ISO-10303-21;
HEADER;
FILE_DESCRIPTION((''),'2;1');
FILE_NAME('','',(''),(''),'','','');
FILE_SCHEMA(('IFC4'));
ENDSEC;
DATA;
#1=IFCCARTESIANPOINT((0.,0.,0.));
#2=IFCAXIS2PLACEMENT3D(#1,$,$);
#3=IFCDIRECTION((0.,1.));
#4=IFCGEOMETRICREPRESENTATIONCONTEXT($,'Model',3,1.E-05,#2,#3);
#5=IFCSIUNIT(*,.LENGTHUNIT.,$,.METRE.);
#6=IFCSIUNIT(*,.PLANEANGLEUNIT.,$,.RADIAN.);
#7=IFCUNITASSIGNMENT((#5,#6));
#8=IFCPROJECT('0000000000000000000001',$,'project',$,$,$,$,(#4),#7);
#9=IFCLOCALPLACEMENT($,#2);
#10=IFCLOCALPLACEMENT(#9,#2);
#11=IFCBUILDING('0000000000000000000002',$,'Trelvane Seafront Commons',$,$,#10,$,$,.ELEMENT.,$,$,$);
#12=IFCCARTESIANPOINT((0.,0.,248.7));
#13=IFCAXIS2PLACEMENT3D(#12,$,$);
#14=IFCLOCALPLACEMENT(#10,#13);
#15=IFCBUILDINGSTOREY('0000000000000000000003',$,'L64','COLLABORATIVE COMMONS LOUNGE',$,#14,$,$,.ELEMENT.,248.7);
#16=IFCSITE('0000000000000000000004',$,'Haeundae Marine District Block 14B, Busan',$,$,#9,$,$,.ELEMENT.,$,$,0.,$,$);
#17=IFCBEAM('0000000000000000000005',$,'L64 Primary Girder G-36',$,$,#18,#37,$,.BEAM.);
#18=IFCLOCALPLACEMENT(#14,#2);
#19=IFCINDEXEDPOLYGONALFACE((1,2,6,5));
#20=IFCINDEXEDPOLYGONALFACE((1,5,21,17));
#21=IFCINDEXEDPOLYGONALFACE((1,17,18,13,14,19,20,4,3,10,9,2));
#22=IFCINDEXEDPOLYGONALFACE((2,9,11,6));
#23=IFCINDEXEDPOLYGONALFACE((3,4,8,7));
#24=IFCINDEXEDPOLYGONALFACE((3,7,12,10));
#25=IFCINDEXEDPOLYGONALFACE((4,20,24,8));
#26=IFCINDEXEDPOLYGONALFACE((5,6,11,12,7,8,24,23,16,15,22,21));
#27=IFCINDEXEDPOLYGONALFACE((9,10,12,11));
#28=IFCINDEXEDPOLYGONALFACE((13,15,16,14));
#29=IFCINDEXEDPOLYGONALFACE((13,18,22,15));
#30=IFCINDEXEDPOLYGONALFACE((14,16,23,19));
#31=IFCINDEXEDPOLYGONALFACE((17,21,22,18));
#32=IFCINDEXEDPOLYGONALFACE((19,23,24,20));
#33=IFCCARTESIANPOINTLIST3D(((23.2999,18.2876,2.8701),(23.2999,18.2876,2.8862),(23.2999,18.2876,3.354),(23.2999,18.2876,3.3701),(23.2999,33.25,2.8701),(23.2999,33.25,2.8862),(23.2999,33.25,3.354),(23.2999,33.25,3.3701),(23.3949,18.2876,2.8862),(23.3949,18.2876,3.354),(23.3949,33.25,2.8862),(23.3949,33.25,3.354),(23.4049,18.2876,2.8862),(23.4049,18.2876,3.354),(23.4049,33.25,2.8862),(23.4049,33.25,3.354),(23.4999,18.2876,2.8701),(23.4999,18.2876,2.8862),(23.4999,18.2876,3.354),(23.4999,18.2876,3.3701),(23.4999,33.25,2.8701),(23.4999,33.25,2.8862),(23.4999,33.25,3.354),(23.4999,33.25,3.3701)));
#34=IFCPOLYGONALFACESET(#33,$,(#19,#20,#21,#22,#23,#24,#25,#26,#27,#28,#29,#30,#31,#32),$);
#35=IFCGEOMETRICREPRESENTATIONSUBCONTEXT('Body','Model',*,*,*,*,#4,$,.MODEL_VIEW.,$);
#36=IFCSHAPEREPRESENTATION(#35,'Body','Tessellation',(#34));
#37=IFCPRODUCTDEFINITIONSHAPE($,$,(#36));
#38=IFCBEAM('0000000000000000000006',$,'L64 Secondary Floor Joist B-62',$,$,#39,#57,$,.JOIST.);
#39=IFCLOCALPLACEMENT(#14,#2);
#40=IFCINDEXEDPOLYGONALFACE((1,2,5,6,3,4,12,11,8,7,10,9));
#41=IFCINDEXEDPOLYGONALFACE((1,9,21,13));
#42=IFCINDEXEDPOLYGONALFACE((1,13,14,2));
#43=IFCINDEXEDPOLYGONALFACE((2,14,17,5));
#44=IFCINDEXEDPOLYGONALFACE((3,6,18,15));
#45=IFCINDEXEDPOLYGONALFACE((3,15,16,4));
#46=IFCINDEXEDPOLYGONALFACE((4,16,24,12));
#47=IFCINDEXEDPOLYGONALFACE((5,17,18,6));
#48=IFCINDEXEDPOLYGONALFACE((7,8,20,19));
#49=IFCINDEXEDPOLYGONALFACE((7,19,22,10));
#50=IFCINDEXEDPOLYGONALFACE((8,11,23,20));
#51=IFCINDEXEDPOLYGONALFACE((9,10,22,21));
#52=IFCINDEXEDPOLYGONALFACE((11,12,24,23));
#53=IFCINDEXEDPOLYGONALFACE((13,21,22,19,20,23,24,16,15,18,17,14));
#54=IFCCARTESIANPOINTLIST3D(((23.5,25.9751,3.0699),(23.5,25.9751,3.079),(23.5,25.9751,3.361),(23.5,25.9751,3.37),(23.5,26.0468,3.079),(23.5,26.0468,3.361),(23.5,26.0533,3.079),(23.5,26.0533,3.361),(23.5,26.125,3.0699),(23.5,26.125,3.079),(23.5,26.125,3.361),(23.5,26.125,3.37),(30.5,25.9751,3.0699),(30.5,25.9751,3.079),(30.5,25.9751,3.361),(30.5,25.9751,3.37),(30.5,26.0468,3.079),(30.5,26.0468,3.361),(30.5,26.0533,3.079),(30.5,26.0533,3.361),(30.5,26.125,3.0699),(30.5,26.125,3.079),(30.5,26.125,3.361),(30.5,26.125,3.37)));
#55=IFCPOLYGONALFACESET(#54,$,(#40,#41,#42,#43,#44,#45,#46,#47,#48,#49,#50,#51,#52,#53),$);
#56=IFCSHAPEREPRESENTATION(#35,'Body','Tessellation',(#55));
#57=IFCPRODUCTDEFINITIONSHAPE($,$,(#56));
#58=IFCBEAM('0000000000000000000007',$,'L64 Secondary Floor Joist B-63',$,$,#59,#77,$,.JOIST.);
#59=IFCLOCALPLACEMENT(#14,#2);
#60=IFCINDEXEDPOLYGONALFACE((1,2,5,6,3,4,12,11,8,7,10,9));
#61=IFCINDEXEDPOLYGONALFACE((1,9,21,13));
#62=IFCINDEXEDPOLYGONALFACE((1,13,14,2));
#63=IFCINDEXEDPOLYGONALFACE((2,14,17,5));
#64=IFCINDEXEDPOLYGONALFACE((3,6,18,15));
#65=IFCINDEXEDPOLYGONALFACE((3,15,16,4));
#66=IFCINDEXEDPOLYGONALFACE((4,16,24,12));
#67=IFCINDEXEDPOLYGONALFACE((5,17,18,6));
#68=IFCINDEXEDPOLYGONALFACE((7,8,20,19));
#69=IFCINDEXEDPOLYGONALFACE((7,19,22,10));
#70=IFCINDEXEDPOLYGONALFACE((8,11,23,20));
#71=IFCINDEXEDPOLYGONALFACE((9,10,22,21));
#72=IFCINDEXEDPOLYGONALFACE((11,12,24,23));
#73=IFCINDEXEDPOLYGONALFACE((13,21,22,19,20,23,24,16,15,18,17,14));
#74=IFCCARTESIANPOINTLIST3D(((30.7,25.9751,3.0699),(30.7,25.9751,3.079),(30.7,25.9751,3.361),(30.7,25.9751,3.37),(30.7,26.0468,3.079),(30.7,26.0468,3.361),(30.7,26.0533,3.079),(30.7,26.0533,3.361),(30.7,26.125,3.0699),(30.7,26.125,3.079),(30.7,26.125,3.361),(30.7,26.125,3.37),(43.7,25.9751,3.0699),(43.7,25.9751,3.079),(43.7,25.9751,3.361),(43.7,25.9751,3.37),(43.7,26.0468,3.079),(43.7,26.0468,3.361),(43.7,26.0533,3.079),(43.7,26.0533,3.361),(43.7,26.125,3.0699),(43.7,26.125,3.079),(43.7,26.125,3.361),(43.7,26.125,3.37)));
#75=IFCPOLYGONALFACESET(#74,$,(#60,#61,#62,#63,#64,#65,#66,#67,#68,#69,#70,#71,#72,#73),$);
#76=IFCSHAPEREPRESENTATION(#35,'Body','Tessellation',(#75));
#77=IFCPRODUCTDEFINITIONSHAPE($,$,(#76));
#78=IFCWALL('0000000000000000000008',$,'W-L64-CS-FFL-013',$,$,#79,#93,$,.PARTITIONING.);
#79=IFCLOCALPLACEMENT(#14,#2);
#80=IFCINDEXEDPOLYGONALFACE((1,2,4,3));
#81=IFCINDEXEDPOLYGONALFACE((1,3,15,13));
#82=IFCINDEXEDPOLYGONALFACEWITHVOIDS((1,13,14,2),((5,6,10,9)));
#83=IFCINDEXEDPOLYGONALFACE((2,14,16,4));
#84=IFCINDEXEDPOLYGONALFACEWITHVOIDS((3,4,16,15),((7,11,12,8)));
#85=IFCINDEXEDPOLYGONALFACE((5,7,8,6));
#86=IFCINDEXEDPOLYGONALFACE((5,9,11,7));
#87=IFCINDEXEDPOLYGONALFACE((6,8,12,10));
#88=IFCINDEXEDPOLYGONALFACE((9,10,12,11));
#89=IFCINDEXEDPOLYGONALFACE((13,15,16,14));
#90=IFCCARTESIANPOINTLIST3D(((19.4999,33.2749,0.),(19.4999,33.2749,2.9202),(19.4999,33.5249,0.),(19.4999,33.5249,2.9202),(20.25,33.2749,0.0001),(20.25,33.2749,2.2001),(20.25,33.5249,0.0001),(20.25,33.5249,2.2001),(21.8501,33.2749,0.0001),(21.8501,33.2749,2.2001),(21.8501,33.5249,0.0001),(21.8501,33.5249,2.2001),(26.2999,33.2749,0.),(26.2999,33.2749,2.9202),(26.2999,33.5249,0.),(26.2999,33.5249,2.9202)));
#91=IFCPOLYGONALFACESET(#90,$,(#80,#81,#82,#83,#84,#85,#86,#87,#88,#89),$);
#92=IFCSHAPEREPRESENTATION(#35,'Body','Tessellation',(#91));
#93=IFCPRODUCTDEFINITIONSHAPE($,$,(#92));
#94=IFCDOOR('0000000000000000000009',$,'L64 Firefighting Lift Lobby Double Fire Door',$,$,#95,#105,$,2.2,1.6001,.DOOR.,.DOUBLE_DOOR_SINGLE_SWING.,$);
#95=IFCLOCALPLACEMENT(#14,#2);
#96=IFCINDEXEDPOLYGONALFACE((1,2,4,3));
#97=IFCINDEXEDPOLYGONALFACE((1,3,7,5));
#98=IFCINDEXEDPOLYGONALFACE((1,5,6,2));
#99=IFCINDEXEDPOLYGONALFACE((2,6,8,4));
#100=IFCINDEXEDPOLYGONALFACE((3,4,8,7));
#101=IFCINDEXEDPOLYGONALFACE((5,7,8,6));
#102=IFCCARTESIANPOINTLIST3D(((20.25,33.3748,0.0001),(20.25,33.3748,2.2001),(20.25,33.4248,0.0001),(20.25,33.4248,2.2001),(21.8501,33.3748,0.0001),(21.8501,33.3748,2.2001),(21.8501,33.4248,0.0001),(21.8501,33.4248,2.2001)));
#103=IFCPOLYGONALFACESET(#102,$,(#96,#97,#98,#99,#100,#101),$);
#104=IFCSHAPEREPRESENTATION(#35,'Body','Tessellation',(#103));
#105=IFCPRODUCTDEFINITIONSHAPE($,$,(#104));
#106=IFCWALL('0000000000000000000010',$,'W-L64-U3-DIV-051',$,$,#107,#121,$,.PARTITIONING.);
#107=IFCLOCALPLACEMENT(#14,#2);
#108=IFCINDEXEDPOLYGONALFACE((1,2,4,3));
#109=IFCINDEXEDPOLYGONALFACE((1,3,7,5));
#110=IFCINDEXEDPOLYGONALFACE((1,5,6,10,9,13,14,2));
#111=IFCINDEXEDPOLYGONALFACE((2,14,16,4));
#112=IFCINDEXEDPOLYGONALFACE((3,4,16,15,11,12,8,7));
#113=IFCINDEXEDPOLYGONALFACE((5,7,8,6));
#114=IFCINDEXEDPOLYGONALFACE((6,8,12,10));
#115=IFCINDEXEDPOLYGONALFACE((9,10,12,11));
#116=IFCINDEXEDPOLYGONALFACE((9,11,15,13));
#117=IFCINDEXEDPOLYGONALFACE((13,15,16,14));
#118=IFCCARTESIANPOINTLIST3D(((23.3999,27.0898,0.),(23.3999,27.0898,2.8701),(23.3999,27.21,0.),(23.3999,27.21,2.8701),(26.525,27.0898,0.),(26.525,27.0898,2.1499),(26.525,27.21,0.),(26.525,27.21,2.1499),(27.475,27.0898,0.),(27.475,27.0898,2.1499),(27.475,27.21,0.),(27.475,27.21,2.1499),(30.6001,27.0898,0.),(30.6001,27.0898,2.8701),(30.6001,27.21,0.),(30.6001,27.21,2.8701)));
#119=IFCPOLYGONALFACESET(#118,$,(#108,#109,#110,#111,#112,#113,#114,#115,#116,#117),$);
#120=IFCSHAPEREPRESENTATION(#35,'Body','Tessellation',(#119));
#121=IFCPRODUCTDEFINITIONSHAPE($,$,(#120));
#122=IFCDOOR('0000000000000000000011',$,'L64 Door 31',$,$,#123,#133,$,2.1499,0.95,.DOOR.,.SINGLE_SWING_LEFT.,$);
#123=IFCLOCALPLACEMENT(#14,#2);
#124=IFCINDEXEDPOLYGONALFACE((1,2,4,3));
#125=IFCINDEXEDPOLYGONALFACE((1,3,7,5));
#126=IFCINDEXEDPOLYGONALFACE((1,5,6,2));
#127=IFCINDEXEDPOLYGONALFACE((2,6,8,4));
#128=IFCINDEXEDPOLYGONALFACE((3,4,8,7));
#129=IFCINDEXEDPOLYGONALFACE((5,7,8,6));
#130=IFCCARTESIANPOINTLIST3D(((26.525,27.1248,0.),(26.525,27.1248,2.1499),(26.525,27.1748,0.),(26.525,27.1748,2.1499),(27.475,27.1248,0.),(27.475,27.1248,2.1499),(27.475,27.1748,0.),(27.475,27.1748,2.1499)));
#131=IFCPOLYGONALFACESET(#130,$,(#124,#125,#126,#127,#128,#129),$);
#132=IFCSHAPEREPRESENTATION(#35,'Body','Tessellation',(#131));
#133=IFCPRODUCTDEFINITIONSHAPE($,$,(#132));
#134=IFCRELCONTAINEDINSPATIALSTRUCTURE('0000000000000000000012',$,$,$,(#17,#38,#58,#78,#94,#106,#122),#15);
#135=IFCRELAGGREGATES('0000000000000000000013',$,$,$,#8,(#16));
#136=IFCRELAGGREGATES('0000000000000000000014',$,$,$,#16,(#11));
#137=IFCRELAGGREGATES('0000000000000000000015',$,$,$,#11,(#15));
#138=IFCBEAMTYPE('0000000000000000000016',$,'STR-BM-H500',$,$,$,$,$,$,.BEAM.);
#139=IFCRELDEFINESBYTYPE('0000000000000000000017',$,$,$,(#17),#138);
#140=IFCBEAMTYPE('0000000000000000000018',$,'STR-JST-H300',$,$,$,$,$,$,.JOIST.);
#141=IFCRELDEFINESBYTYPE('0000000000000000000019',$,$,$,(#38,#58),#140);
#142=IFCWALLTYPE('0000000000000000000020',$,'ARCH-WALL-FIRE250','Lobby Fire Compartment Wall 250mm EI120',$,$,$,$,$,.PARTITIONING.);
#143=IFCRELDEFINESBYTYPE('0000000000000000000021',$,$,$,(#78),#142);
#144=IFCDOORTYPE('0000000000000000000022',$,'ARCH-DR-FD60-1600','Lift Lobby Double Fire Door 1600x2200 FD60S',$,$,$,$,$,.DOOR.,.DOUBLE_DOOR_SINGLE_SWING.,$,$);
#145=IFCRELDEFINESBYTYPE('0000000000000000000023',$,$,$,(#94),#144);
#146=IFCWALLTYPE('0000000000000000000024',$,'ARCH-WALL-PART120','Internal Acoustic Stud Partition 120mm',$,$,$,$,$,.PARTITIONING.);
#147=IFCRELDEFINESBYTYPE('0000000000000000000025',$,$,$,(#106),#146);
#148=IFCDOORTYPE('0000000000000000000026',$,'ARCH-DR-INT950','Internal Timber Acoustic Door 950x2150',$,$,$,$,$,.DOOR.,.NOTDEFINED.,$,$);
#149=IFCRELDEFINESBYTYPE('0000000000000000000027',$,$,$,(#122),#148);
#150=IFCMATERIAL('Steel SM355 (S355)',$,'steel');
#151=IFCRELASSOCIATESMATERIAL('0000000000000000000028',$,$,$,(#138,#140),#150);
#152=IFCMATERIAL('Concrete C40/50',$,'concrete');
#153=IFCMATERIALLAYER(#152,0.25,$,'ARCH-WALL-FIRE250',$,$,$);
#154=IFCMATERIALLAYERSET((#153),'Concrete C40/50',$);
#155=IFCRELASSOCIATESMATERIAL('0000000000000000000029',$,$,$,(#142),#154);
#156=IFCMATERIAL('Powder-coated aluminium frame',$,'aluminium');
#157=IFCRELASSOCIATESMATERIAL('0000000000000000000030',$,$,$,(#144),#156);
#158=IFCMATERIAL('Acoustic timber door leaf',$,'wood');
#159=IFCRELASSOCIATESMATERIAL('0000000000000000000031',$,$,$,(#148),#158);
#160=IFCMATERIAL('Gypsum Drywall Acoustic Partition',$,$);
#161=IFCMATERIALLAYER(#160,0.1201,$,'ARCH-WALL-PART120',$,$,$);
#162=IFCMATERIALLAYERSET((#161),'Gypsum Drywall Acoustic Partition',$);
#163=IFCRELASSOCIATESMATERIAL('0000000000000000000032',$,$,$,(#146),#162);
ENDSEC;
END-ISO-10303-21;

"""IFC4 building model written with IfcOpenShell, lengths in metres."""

from ifc_helpers import new_model, si_unit, direction, frame, frame_2d, origin, origin_2d, place, context, subcontext, project, spatial, rectangle, i_section, extrude, source, transform, mapped, material, layer, layer_set, material_profile, profile_set, type_object, element, fill, save


model = new_model("IFC4")

# Units and contexts
model_context = context("Model", 3, precision=1e-05, world=origin(), true_north=direction((0.0, 1.0)))
body_context = subcontext(model_context, "Body", "Model", "MODEL_VIEW")
ifc_project = project(units=[si_unit("LENGTHUNIT", "METRE"), si_unit("PLANEANGLEUNIT", "RADIAN")], contexts=[model_context])

# Site, building, storey
site_placement = place(None, origin())
site = spatial("IfcSite", under=ifc_project, at=site_placement, Name="Haeundae Marine District Block 14B, Busan", CompositionType="ELEMENT", RefElevation=0.0)
building_placement = place(site_placement, origin())
building = spatial("IfcBuilding", under=site, at=building_placement, Name="Trelvane Seafront Commons", CompositionType="ELEMENT")
storey_placement = place(building_placement, frame((0.0, 0.0, 248.7)))
storey = spatial("IfcBuildingStorey", under=building, at=storey_placement, Name="L64", Description="COLLABORATIVE COMMONS LOUNGE", CompositionType="ELEMENT", Elevation=248.7)

# Shared definitions
ifc_material_1 = material(Name="Steel SM355 (S355)", Category="steel")

# Beams
ifc_material_profile_1 = material_profile(ifc_material_1, i_section(OverallWidth=0.2, OverallDepth=0.5, WebThickness=0.01, FlangeThickness=0.0161, at=origin_2d()), Name="H-500x200x10x16")
ifc_profile_set_1 = profile_set([ifc_material_profile_1], Name="Steel SM355 (S355)")
beam_type_1 = type_object("IfcBeamType", Name="STR-BM-H500", PredefinedType="BEAM", material=ifc_profile_set_1)
shared_shape_1 = source(origin(), body_context, "Body", "SweptSolid", [
    extrude(i_section(OverallWidth=0.2, OverallDepth=0.5, WebThickness=0.01, FlangeThickness=0.0161, at=origin_2d()), origin(), (0.0, 0.0, 1.0), 14.9624),
])
beam_1_placement = place(storey_placement, frame((23.3999, 18.2876, 3.1201), z_axis=(0.0, 1.0, 0.0), x_axis=(-1.0, 0.0, 0.0)))
element("IfcBeam", 1, at=beam_1_placement, inside=storey, type_object=beam_type_1, Name="L64 Primary Girder G-36", PredefinedType="BEAM", context=body_context, shape_type="MappedRepresentation", body=[
    mapped(shared_shape_1, transform((0.0, 0.0, 0.0), x_axis=(1.0, 0.0, 0.0), y_axis=(0.0, 1.0, 0.0), z_axis=(0.0, 0.0, 1.0), scale=1.0)),
])
ifc_material_profile_2 = material_profile(ifc_material_1, i_section(OverallWidth=0.1499, OverallDepth=0.3, WebThickness=0.0066, FlangeThickness=0.009, at=origin_2d()), Name="H-300x150x6.5x9")
ifc_profile_set_2 = profile_set([ifc_material_profile_2], Name="Steel SM355 (S355)")
beam_type_2 = type_object("IfcBeamType", Name="STR-JST-H300", PredefinedType="JOIST", material=ifc_profile_set_2)
shared_shape_2 = source(origin(), body_context, "Body", "SweptSolid", [
    extrude(i_section(OverallWidth=0.1499, OverallDepth=0.3, WebThickness=0.0066, FlangeThickness=0.009, at=origin_2d()), origin(), (0.0, 0.0, 1.0), 7.0),
])
beam_2_placement = place(storey_placement, frame((23.5, 26.05, 3.22), z_axis=(1.0, 0.0, 0.0), x_axis=(0.0, 1.0, 0.0)))
element("IfcBeam", 2, at=beam_2_placement, inside=storey, type_object=beam_type_2, Name="L64 Secondary Floor Joist B-62", PredefinedType="JOIST", context=body_context, shape_type="MappedRepresentation", body=[
    mapped(shared_shape_2, transform((0.0, 0.0, 0.0), x_axis=(1.0, 0.0, 0.0), y_axis=(0.0, 1.0, 0.0), z_axis=(0.0, 0.0, 1.0), scale=1.0)),
])
shared_shape_3 = source(origin(), body_context, "Body", "SweptSolid", [
    extrude(i_section(OverallWidth=0.1499, OverallDepth=0.3, WebThickness=0.0066, FlangeThickness=0.009, at=origin_2d()), origin(), (0.0, 0.0, 1.0), 13.0),
])
beam_3_placement = place(storey_placement, frame((30.7, 26.05, 3.22), z_axis=(1.0, 0.0, 0.0), x_axis=(0.0, 1.0, 0.0)))
element("IfcBeam", 3, at=beam_3_placement, inside=storey, type_object=beam_type_2, Name="L64 Secondary Floor Joist B-63", PredefinedType="JOIST", context=body_context, shape_type="MappedRepresentation", body=[
    mapped(shared_shape_3, transform((0.0, 0.0, 0.0), x_axis=(1.0, 0.0, 0.0), y_axis=(0.0, 1.0, 0.0), z_axis=(0.0, 0.0, 1.0), scale=1.0)),
])

# Walls, openings, doors
ifc_material_2 = material(Name="Concrete C40/50", Category="concrete")
ifc_layer_1 = layer(ifc_material_2, 0.25, Name="ARCH-WALL-FIRE250")
ifc_layer_set_1 = layer_set([ifc_layer_1], Name="Concrete C40/50")
wall_type_1 = type_object("IfcWallType", Name="ARCH-WALL-FIRE250", Description="Lobby Fire Compartment Wall 250mm EI120", PredefinedType="PARTITIONING", material=ifc_layer_set_1)
wall_1_placement = place(storey_placement, frame((19.5, 33.3999, 0.0), z_axis=(0.0, 0.0, 1.0), x_axis=(1.0, 0.0, 0.0)))
wall_1 = element("IfcWall", 4, at=wall_1_placement, inside=storey, type_object=wall_type_1, Name="W-L64-CS-FFL-013", PredefinedType="PARTITIONING", context=body_context, shape_type="SweptSolid", body=[
    extrude(rectangle(XDim=6.8, YDim=0.25, at=frame_2d((3.3999, 0.0))), origin(), (0.0, 0.0, 1.0), 2.9202),
])
opening_1_placement = place(wall_1_placement, frame((0.75, 0.0, 0.0)))
opening_1 = element("IfcOpeningElement", 5, at=opening_1_placement, cuts=wall_1, PredefinedType="OPENING", context=body_context, shape_type="SweptSolid", body=[
    extrude(rectangle(XDim=1.6001, YDim=2.2, at=frame_2d((0.8, 1.1001))), frame((0.0, 0.135, 0.0), z_axis=(0.0, -1.0, 0.0), x_axis=(1.0, 0.0, 0.0)), (0.0, 0.0, 1.0), 0.27),
])
ifc_material_3 = material(Name="Powder-coated aluminium frame", Category="aluminium")
door_type_1 = type_object("IfcDoorType", Name="ARCH-DR-FD60-1600", Description="Lift Lobby Double Fire Door 1600x2200 FD60S", OperationType="DOUBLE_DOOR_SINGLE_SWING", PredefinedType="DOOR", material=ifc_material_3)
shared_shape_4 = source(origin(), body_context, "Body", "SweptSolid", [
    extrude(rectangle(XDim=1.6001, YDim=2.2, at=frame_2d((0.8, 1.1001))), frame((0.0, 0.0249, 0.0), z_axis=(0.0, -1.0, 0.0), x_axis=(1.0, 0.0, 0.0)), (0.0, 0.0, 1.0), 0.05),
])
door_1_placement = place(opening_1_placement, origin())
door_1 = element("IfcDoor", 6, at=door_1_placement, inside=storey, type_object=door_type_1, Name="L64 Firefighting Lift Lobby Double Fire Door", OperationType="DOUBLE_DOOR_SINGLE_SWING", OverallHeight=2.2, OverallWidth=1.6001, PredefinedType="DOOR", context=body_context, shape_type="MappedRepresentation", body=[
    mapped(shared_shape_4, transform((0.0, 0.0, 0.0), x_axis=(1.0, 0.0, 0.0), y_axis=(0.0, 1.0, 0.0), z_axis=(0.0, 0.0, 1.0), scale=1.0)),
])
fill(opening_1, door_1)
ifc_material_4 = material(Name="Acoustic timber door leaf", Category="wood")
door_type_2 = type_object("IfcDoorType", Name="ARCH-DR-INT950", Description="Internal Timber Acoustic Door 950x2150", OperationType="NOTDEFINED", PredefinedType="DOOR", material=ifc_material_4)
shared_shape_5 = source(origin(), body_context, "Body", "SweptSolid", [
    extrude(rectangle(XDim=0.95, YDim=2.1499, at=frame_2d((0.4751, 1.075))), frame((0.0, 0.0249, 0.0), z_axis=(0.0, -1.0, 0.0), x_axis=(1.0, 0.0, 0.0)), (0.0, 0.0, 1.0), 0.05),
])
ifc_material_5 = material(Name="Gypsum Drywall Acoustic Partition")
ifc_layer_2 = layer(ifc_material_5, 0.1201, Name="ARCH-WALL-PART120")
ifc_layer_set_2 = layer_set([ifc_layer_2], Name="Gypsum Drywall Acoustic Partition")
wall_type_2 = type_object("IfcWallType", Name="ARCH-WALL-PART120", Description="Internal Acoustic Stud Partition 120mm", PredefinedType="PARTITIONING", material=ifc_layer_set_2)
wall_2_placement = place(storey_placement, frame((23.3999, 27.1499, 0.0), z_axis=(0.0, 0.0, 1.0), x_axis=(1.0, 0.0, 0.0)))
wall_2 = element("IfcWall", 7, at=wall_2_placement, inside=storey, type_object=wall_type_2, Name="W-L64-U3-DIV-051", PredefinedType="PARTITIONING", context=body_context, shape_type="SweptSolid", body=[
    extrude(rectangle(XDim=7.2002, YDim=0.1201, at=frame_2d((3.6001, 0.0))), origin(), (0.0, 0.0, 1.0), 2.8701),
])
opening_2_placement = place(wall_2_placement, frame((3.125, 0.0, 0.0)))
opening_2 = element("IfcOpeningElement", 8, at=opening_2_placement, cuts=wall_2, PredefinedType="OPENING", context=body_context, shape_type="SweptSolid", body=[
    extrude(rectangle(XDim=0.95, YDim=2.1499, at=frame_2d((0.4751, 1.075))), frame((0.0, 0.0701, 0.0), z_axis=(0.0, -1.0, 0.0), x_axis=(1.0, 0.0, 0.0)), (0.0, 0.0, 1.0), 0.1401),
])
door_2_placement = place(opening_2_placement, origin())
door_2 = element("IfcDoor", 9, at=door_2_placement, inside=storey, type_object=door_type_2, Name="L64 Door 31", OperationType="SINGLE_SWING_LEFT", OverallHeight=2.1499, OverallWidth=0.95, PredefinedType="DOOR", context=body_context, shape_type="MappedRepresentation", body=[
    mapped(shared_shape_5, transform((0.0, 0.0, 0.0), x_axis=(1.0, 0.0, 0.0), y_axis=(0.0, 1.0, 0.0), z_axis=(0.0, 0.0, 1.0), scale=1.0)),
])
fill(opening_2, door_2)

save(model, "model.ifc")
